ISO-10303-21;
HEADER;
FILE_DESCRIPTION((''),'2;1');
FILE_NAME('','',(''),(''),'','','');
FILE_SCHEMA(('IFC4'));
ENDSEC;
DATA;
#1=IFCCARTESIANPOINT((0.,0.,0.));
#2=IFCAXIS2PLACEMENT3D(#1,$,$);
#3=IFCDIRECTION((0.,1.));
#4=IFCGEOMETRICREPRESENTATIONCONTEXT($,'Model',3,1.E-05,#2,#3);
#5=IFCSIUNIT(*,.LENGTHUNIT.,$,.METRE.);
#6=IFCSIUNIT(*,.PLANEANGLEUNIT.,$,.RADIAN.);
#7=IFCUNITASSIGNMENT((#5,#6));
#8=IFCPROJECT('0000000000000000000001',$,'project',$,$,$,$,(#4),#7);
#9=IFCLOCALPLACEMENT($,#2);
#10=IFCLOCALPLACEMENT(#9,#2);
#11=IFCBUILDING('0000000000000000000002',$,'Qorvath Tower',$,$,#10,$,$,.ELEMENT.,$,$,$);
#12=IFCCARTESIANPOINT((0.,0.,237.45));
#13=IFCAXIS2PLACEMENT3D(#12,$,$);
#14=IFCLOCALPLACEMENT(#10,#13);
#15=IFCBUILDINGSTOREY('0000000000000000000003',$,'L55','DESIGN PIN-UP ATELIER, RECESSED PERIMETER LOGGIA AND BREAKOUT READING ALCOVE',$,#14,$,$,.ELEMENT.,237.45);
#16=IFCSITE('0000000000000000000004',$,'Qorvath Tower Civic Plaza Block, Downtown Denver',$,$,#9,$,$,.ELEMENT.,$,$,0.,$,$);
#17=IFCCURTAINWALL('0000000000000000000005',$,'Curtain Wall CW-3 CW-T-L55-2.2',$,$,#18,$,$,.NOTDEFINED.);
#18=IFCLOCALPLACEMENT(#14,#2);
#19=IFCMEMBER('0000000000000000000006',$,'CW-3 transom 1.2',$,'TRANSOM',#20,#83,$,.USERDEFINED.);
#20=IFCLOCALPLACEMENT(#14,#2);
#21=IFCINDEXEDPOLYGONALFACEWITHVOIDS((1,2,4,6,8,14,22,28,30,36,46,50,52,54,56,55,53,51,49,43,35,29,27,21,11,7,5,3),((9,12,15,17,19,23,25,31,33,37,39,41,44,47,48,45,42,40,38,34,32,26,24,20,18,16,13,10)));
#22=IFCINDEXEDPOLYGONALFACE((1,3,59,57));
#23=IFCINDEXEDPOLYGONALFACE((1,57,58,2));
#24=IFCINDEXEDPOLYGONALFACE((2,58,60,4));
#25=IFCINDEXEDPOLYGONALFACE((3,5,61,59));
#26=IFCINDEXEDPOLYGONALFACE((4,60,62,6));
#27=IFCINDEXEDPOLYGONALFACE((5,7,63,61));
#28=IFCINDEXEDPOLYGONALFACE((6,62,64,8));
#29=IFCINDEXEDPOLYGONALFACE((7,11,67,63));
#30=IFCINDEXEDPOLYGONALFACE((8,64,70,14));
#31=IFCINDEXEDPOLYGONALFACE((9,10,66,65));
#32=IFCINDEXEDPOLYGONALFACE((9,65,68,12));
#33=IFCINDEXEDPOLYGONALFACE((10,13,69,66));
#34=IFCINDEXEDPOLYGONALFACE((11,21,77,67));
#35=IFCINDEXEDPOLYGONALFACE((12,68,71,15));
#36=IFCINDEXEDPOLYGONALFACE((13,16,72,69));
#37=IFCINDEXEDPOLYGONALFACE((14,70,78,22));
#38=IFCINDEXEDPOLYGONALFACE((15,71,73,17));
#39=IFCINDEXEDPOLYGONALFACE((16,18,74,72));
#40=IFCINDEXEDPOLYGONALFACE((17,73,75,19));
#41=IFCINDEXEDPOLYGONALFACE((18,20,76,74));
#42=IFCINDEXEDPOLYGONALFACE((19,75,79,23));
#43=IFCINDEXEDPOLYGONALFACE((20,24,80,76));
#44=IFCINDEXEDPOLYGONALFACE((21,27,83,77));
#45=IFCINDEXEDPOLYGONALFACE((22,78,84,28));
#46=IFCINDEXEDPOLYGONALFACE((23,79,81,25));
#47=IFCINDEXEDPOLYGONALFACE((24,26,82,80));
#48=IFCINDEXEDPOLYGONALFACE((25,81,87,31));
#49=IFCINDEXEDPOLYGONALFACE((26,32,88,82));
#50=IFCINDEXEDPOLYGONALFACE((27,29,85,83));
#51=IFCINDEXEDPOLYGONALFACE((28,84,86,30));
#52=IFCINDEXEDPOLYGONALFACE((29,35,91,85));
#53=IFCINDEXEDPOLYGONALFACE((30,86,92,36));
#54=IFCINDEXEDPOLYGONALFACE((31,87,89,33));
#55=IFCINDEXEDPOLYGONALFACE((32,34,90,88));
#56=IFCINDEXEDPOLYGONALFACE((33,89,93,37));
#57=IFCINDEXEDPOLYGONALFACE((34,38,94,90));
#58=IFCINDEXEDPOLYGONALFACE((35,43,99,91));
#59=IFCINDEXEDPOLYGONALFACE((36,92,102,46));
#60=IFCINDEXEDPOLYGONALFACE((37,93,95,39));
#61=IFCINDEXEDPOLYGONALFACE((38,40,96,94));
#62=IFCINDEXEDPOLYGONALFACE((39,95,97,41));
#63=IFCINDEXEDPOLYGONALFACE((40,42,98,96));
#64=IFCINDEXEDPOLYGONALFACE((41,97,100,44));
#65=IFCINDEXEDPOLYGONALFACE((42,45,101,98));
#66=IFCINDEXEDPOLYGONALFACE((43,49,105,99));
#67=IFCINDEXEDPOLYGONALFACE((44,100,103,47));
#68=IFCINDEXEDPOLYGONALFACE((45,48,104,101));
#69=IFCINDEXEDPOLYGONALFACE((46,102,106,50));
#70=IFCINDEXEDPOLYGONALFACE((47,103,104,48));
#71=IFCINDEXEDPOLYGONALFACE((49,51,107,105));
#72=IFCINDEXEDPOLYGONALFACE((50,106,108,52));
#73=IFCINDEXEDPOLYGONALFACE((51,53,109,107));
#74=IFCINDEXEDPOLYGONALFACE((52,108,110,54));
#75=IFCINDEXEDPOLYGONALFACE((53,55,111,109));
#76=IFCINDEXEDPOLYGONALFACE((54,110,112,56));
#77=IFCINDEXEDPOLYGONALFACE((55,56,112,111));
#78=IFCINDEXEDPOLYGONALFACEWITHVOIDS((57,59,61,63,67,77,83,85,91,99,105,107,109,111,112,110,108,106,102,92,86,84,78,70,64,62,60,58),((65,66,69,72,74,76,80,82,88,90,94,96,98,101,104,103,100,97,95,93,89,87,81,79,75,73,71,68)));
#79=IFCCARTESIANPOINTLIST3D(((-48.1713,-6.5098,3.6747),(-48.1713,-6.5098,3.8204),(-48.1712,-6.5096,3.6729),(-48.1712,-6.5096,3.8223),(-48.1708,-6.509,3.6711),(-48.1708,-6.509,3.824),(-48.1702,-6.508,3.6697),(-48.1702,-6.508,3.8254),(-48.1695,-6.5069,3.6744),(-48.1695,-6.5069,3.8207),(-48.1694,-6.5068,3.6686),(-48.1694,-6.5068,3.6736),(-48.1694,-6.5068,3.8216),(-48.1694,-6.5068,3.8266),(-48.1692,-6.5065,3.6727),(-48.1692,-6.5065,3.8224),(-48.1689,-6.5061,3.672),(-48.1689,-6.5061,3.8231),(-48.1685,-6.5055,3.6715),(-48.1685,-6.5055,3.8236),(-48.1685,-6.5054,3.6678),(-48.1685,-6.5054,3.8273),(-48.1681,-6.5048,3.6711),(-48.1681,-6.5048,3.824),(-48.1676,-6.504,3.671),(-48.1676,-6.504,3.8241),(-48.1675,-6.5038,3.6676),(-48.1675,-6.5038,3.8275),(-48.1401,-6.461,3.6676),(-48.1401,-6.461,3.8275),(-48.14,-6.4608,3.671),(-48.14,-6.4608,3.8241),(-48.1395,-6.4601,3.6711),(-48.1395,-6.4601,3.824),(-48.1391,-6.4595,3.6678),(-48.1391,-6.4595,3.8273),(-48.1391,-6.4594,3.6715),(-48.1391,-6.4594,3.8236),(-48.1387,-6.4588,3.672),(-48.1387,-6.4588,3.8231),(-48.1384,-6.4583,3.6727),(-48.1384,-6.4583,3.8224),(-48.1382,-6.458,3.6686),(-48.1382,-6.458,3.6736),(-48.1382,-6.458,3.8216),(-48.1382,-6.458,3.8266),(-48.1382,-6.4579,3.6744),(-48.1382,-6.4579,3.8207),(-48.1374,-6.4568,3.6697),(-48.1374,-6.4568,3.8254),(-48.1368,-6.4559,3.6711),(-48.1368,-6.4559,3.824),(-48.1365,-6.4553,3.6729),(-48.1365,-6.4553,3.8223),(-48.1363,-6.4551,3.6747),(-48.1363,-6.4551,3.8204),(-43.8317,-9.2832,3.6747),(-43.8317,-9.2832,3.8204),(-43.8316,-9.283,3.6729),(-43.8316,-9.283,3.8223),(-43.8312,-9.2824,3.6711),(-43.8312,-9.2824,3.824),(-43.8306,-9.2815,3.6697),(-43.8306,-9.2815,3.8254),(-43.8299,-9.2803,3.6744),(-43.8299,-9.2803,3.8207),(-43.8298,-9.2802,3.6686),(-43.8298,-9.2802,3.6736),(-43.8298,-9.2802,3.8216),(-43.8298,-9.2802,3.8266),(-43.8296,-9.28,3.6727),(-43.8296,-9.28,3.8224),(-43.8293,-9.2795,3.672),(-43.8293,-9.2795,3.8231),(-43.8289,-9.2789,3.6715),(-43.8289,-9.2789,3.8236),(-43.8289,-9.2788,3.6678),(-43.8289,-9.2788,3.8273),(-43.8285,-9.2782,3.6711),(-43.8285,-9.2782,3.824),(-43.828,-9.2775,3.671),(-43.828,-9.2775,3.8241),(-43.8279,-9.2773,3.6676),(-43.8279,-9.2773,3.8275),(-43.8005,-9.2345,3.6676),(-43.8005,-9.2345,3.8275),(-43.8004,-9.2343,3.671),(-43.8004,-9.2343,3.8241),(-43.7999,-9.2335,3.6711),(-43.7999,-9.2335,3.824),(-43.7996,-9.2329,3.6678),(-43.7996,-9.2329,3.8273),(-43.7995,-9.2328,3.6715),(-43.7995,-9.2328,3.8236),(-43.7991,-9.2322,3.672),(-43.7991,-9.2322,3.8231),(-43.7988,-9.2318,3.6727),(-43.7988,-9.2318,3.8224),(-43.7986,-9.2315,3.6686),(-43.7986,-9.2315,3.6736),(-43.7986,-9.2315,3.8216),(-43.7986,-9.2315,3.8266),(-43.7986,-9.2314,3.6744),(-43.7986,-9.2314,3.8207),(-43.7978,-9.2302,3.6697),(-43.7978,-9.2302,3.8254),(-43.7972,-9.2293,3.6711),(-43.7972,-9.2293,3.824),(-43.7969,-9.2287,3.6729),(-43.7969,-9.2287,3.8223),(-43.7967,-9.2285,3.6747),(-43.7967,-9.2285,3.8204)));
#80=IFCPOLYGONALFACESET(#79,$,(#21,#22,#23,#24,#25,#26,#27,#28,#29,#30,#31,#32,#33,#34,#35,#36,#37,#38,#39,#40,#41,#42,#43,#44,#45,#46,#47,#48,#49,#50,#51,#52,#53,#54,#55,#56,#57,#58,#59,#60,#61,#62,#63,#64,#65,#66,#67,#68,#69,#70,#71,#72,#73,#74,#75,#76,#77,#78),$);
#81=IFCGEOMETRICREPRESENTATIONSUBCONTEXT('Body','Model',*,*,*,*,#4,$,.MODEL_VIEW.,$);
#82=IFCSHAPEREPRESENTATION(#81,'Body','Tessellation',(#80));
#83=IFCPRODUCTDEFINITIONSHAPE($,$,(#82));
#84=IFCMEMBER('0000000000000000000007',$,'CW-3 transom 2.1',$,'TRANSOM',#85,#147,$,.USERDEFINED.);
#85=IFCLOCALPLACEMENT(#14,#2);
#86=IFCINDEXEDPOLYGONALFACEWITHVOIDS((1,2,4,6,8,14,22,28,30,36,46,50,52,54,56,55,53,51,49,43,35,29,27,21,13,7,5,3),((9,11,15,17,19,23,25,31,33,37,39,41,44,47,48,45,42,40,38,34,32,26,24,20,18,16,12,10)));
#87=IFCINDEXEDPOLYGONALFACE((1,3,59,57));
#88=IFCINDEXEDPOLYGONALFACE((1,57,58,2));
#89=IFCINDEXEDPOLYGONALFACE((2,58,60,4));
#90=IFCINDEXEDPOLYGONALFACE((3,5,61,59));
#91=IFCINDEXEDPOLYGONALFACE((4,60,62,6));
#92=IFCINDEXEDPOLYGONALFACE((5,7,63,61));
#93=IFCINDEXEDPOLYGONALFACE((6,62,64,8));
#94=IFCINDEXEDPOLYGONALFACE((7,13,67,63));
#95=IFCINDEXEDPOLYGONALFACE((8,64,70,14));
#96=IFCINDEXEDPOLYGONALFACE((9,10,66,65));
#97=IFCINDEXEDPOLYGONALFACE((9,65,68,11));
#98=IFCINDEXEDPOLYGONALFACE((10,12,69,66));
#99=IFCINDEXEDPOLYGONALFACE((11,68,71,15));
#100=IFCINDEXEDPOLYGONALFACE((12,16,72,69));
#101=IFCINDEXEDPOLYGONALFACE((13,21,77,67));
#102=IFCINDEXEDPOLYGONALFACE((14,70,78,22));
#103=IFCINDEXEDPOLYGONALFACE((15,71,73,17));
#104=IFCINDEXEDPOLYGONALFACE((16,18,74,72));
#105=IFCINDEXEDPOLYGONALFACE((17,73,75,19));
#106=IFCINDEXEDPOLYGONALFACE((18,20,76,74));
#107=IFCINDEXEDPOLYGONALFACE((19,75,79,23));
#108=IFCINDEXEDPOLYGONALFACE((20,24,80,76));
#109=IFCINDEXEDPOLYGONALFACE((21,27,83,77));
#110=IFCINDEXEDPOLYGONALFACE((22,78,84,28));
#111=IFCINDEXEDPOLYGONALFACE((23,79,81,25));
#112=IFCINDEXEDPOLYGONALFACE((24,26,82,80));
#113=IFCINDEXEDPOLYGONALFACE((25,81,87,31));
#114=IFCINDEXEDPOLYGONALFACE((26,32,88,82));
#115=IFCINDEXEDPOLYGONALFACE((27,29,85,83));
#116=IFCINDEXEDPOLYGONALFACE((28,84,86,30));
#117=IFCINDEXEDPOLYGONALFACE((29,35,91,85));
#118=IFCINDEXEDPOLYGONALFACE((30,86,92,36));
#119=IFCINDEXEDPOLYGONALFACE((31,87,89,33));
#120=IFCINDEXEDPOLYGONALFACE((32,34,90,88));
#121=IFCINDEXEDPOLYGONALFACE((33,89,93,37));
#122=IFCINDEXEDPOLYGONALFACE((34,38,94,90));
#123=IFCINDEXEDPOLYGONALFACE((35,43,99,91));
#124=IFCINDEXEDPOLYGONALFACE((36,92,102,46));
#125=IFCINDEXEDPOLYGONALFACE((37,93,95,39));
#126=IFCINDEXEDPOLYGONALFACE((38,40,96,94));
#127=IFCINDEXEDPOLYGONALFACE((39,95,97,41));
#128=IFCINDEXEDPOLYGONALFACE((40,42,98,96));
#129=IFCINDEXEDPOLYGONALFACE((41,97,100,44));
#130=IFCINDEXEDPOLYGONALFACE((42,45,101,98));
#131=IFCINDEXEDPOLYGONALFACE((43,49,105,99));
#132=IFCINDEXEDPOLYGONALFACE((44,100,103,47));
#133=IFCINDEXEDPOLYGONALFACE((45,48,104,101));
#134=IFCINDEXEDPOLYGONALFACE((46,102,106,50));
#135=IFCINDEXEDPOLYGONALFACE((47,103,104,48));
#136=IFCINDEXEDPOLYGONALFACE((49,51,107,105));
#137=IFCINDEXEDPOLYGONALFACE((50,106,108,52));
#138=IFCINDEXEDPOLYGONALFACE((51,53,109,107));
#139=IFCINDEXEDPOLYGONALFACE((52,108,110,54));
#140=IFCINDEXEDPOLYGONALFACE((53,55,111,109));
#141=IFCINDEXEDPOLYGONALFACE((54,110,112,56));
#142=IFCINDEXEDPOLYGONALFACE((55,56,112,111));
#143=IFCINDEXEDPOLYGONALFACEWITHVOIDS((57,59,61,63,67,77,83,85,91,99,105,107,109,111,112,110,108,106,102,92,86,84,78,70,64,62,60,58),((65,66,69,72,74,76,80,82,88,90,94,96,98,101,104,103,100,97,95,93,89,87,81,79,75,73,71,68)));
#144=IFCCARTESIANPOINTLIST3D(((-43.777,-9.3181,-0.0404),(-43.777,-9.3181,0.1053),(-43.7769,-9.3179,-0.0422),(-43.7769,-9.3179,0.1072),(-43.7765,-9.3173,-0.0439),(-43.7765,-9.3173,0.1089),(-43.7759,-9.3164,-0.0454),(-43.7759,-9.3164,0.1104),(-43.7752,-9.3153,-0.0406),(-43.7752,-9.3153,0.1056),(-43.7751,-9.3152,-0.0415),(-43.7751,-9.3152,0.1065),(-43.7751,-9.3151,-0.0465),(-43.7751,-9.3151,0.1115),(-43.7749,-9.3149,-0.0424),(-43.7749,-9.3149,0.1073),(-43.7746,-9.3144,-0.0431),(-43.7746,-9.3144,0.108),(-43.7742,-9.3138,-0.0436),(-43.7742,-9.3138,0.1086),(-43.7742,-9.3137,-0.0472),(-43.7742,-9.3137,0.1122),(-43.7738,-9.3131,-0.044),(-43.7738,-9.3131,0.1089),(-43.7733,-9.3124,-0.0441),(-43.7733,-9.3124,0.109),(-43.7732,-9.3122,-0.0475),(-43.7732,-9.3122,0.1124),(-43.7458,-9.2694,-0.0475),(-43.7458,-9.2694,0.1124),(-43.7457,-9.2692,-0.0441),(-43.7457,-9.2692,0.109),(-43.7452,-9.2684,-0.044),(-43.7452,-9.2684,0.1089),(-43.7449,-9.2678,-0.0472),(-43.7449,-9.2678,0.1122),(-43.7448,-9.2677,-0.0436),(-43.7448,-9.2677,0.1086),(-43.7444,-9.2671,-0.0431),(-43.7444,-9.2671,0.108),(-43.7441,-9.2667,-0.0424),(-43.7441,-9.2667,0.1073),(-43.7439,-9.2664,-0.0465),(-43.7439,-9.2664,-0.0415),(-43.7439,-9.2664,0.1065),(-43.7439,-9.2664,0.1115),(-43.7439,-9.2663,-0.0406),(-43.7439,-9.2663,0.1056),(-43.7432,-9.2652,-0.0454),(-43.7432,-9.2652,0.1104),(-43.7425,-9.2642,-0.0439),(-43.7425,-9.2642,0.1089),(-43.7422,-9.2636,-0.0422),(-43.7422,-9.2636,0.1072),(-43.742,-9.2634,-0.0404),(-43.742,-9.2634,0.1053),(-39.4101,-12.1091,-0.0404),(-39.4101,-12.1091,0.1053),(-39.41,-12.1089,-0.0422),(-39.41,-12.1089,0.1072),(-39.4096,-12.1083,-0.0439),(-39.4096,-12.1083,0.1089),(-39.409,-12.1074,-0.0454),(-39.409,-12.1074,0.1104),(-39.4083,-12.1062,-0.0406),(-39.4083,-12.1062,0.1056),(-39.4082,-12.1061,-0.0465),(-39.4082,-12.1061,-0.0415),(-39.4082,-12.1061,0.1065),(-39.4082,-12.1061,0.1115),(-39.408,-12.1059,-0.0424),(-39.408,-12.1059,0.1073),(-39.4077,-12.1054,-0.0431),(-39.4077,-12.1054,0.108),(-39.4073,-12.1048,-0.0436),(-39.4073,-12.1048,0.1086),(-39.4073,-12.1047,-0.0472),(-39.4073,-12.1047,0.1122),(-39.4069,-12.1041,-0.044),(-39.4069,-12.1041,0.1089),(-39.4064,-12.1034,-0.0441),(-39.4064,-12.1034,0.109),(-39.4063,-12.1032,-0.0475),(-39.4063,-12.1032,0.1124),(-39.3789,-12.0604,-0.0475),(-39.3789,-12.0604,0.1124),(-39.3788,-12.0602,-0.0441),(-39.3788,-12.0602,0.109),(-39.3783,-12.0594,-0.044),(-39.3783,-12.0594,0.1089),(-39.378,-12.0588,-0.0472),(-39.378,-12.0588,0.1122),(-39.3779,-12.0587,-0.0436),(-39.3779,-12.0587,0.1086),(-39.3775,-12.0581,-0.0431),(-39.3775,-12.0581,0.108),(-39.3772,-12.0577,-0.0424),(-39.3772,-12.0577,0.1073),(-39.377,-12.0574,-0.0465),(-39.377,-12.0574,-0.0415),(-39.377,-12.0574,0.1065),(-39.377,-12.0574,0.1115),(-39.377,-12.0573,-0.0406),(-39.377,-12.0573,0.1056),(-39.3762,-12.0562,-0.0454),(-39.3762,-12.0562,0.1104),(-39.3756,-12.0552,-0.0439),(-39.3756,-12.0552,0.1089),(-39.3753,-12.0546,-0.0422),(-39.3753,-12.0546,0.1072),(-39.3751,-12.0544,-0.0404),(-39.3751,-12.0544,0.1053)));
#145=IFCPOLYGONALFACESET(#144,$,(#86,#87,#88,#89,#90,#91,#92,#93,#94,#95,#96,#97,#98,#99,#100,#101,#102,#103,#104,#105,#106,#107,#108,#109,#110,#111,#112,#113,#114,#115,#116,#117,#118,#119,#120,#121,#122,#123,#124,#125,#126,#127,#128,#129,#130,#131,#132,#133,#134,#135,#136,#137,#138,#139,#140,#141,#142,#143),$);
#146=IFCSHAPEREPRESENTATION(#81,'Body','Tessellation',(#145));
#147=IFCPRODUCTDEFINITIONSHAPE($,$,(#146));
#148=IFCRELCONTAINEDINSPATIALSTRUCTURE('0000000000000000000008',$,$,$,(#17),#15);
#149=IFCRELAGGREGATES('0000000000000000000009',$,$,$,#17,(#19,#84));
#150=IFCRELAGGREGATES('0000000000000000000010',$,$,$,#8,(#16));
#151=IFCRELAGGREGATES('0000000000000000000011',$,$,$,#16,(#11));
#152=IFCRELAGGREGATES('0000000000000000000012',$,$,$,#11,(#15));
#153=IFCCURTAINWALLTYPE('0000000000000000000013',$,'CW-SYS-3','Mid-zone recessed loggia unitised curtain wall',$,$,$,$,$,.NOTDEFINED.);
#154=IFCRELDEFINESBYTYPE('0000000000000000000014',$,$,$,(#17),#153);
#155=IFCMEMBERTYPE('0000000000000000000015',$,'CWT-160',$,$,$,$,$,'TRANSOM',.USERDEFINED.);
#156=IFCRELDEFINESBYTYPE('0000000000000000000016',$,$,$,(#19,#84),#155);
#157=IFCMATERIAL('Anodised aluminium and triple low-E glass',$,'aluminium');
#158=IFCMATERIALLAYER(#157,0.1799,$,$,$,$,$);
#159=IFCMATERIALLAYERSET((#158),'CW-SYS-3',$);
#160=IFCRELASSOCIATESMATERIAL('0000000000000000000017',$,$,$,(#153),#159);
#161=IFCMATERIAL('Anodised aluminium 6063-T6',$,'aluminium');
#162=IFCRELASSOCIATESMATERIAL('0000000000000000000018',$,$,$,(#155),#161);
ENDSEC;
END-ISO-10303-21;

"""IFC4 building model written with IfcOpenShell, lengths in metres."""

from ifc_helpers import new_model, si_unit, direction, frame, origin, origin_2d, place, context, subcontext, project, spatial, hollow_rectangle, extrude, material, layer, layer_set, material_profile, profile_set, type_object, element, aggregate, save


model = new_model("IFC4")

# Units and contexts
model_context = context("Model", 3, precision=1e-05, world=origin(), true_north=direction((0.0, 1.0)))
body_context = subcontext(model_context, "Body", "Model", "MODEL_VIEW")
ifc_project = project(units=[si_unit("LENGTHUNIT", "METRE"), si_unit("PLANEANGLEUNIT", "RADIAN")], contexts=[model_context])

# Site, building, storey
site_placement = place(None, origin())
site = spatial("IfcSite", under=ifc_project, at=site_placement, Name="Qorvath Tower Civic Plaza Block, Downtown Denver", CompositionType="ELEMENT", RefElevation=0.0)
building_placement = place(site_placement, origin())
building = spatial("IfcBuilding", under=site, at=building_placement, Name="Qorvath Tower", CompositionType="ELEMENT")
storey_placement = place(building_placement, frame((0.0, 0.0, 237.45)))
storey = spatial("IfcBuildingStorey", under=building, at=storey_placement, Name="L55", Description="DESIGN PIN-UP ATELIER, RECESSED PERIMETER LOGGIA AND BREAKOUT READING ALCOVE", CompositionType="ELEMENT", Elevation=237.45)

# Curtain wall
ifc_material_1 = material(Name="Anodised aluminium and triple low-E glass", Category="aluminium")
ifc_layer_1 = layer(ifc_material_1, 0.1799)
ifc_layer_set_1 = layer_set([ifc_layer_1], Name="CW-SYS-3")
curtain_wall_type = type_object("IfcCurtainWallType", Name="CW-SYS-3", Description="Mid-zone recessed loggia unitised curtain wall", PredefinedType="NOTDEFINED", material=ifc_layer_set_1)
curtain_wall_1_placement = place(storey_placement, origin())
curtain_wall_1 = element("IfcCurtainWall", 1, at=curtain_wall_1_placement, inside=storey, type_object=curtain_wall_type, Name="Curtain Wall CW-3 CW-T-L55-2.2", PredefinedType="NOTDEFINED")

# Members
ifc_material_2 = material(Name="Anodised aluminium 6063-T6", Category="aluminium")
ifc_material_profile_1 = material_profile(ifc_material_2, hollow_rectangle(XDim=0.0649, YDim=0.1599, WallThickness=0.0034, InnerFilletRadius=0.0034, OuterFilletRadius=0.0071, at=origin_2d()), Name="CWT 160x65")
ifc_profile_set_1 = profile_set([ifc_material_profile_1], Name="Anodised aluminium 6063-T6")
member_type_1 = type_object("IfcMemberType", Name="CWT-160", ElementType="TRANSOM", PredefinedType="USERDEFINED", material=ifc_profile_set_1)
member_1_placement = place(storey_placement, frame((-48.1538, -6.4824, 3.7476), z_axis=(0.842616, -0.538516, 0.0), x_axis=(0.538516, 0.842616, 0.0)))
member_1 = element("IfcMember", 2, at=member_1_placement, type_object=member_type_1, Name="CW-3 transom 1.2", ObjectType="TRANSOM", PredefinedType="USERDEFINED", context=body_context, shape_type="SweptSolid", body=[
    extrude(hollow_rectangle(XDim=0.0649, YDim=0.1599, WallThickness=0.0034, InnerFilletRadius=0.0034, OuterFilletRadius=0.0071, at=origin_2d()), origin(), (0.0, 0.0, 1.0), 5.1501),
])
member_2_placement = place(storey_placement, frame((-43.7595, -9.2908, 0.0325), z_axis=(0.842607, -0.53853, 0.0), x_axis=(0.53853, 0.842607, 0.0)))
member_2 = element("IfcMember", 3, at=member_2_placement, type_object=member_type_1, Name="CW-3 transom 2.1", ObjectType="TRANSOM", PredefinedType="USERDEFINED", context=body_context, shape_type="SweptSolid", body=[
    extrude(hollow_rectangle(XDim=0.0649, YDim=0.1599, WallThickness=0.0034, InnerFilletRadius=0.0034, OuterFilletRadius=0.0071, at=origin_2d()), origin(), (0.0, 0.0, 1.0), 5.1826),
])

aggregate(curtain_wall_1, [member_1, member_2])

save(model, "model.ifc")
